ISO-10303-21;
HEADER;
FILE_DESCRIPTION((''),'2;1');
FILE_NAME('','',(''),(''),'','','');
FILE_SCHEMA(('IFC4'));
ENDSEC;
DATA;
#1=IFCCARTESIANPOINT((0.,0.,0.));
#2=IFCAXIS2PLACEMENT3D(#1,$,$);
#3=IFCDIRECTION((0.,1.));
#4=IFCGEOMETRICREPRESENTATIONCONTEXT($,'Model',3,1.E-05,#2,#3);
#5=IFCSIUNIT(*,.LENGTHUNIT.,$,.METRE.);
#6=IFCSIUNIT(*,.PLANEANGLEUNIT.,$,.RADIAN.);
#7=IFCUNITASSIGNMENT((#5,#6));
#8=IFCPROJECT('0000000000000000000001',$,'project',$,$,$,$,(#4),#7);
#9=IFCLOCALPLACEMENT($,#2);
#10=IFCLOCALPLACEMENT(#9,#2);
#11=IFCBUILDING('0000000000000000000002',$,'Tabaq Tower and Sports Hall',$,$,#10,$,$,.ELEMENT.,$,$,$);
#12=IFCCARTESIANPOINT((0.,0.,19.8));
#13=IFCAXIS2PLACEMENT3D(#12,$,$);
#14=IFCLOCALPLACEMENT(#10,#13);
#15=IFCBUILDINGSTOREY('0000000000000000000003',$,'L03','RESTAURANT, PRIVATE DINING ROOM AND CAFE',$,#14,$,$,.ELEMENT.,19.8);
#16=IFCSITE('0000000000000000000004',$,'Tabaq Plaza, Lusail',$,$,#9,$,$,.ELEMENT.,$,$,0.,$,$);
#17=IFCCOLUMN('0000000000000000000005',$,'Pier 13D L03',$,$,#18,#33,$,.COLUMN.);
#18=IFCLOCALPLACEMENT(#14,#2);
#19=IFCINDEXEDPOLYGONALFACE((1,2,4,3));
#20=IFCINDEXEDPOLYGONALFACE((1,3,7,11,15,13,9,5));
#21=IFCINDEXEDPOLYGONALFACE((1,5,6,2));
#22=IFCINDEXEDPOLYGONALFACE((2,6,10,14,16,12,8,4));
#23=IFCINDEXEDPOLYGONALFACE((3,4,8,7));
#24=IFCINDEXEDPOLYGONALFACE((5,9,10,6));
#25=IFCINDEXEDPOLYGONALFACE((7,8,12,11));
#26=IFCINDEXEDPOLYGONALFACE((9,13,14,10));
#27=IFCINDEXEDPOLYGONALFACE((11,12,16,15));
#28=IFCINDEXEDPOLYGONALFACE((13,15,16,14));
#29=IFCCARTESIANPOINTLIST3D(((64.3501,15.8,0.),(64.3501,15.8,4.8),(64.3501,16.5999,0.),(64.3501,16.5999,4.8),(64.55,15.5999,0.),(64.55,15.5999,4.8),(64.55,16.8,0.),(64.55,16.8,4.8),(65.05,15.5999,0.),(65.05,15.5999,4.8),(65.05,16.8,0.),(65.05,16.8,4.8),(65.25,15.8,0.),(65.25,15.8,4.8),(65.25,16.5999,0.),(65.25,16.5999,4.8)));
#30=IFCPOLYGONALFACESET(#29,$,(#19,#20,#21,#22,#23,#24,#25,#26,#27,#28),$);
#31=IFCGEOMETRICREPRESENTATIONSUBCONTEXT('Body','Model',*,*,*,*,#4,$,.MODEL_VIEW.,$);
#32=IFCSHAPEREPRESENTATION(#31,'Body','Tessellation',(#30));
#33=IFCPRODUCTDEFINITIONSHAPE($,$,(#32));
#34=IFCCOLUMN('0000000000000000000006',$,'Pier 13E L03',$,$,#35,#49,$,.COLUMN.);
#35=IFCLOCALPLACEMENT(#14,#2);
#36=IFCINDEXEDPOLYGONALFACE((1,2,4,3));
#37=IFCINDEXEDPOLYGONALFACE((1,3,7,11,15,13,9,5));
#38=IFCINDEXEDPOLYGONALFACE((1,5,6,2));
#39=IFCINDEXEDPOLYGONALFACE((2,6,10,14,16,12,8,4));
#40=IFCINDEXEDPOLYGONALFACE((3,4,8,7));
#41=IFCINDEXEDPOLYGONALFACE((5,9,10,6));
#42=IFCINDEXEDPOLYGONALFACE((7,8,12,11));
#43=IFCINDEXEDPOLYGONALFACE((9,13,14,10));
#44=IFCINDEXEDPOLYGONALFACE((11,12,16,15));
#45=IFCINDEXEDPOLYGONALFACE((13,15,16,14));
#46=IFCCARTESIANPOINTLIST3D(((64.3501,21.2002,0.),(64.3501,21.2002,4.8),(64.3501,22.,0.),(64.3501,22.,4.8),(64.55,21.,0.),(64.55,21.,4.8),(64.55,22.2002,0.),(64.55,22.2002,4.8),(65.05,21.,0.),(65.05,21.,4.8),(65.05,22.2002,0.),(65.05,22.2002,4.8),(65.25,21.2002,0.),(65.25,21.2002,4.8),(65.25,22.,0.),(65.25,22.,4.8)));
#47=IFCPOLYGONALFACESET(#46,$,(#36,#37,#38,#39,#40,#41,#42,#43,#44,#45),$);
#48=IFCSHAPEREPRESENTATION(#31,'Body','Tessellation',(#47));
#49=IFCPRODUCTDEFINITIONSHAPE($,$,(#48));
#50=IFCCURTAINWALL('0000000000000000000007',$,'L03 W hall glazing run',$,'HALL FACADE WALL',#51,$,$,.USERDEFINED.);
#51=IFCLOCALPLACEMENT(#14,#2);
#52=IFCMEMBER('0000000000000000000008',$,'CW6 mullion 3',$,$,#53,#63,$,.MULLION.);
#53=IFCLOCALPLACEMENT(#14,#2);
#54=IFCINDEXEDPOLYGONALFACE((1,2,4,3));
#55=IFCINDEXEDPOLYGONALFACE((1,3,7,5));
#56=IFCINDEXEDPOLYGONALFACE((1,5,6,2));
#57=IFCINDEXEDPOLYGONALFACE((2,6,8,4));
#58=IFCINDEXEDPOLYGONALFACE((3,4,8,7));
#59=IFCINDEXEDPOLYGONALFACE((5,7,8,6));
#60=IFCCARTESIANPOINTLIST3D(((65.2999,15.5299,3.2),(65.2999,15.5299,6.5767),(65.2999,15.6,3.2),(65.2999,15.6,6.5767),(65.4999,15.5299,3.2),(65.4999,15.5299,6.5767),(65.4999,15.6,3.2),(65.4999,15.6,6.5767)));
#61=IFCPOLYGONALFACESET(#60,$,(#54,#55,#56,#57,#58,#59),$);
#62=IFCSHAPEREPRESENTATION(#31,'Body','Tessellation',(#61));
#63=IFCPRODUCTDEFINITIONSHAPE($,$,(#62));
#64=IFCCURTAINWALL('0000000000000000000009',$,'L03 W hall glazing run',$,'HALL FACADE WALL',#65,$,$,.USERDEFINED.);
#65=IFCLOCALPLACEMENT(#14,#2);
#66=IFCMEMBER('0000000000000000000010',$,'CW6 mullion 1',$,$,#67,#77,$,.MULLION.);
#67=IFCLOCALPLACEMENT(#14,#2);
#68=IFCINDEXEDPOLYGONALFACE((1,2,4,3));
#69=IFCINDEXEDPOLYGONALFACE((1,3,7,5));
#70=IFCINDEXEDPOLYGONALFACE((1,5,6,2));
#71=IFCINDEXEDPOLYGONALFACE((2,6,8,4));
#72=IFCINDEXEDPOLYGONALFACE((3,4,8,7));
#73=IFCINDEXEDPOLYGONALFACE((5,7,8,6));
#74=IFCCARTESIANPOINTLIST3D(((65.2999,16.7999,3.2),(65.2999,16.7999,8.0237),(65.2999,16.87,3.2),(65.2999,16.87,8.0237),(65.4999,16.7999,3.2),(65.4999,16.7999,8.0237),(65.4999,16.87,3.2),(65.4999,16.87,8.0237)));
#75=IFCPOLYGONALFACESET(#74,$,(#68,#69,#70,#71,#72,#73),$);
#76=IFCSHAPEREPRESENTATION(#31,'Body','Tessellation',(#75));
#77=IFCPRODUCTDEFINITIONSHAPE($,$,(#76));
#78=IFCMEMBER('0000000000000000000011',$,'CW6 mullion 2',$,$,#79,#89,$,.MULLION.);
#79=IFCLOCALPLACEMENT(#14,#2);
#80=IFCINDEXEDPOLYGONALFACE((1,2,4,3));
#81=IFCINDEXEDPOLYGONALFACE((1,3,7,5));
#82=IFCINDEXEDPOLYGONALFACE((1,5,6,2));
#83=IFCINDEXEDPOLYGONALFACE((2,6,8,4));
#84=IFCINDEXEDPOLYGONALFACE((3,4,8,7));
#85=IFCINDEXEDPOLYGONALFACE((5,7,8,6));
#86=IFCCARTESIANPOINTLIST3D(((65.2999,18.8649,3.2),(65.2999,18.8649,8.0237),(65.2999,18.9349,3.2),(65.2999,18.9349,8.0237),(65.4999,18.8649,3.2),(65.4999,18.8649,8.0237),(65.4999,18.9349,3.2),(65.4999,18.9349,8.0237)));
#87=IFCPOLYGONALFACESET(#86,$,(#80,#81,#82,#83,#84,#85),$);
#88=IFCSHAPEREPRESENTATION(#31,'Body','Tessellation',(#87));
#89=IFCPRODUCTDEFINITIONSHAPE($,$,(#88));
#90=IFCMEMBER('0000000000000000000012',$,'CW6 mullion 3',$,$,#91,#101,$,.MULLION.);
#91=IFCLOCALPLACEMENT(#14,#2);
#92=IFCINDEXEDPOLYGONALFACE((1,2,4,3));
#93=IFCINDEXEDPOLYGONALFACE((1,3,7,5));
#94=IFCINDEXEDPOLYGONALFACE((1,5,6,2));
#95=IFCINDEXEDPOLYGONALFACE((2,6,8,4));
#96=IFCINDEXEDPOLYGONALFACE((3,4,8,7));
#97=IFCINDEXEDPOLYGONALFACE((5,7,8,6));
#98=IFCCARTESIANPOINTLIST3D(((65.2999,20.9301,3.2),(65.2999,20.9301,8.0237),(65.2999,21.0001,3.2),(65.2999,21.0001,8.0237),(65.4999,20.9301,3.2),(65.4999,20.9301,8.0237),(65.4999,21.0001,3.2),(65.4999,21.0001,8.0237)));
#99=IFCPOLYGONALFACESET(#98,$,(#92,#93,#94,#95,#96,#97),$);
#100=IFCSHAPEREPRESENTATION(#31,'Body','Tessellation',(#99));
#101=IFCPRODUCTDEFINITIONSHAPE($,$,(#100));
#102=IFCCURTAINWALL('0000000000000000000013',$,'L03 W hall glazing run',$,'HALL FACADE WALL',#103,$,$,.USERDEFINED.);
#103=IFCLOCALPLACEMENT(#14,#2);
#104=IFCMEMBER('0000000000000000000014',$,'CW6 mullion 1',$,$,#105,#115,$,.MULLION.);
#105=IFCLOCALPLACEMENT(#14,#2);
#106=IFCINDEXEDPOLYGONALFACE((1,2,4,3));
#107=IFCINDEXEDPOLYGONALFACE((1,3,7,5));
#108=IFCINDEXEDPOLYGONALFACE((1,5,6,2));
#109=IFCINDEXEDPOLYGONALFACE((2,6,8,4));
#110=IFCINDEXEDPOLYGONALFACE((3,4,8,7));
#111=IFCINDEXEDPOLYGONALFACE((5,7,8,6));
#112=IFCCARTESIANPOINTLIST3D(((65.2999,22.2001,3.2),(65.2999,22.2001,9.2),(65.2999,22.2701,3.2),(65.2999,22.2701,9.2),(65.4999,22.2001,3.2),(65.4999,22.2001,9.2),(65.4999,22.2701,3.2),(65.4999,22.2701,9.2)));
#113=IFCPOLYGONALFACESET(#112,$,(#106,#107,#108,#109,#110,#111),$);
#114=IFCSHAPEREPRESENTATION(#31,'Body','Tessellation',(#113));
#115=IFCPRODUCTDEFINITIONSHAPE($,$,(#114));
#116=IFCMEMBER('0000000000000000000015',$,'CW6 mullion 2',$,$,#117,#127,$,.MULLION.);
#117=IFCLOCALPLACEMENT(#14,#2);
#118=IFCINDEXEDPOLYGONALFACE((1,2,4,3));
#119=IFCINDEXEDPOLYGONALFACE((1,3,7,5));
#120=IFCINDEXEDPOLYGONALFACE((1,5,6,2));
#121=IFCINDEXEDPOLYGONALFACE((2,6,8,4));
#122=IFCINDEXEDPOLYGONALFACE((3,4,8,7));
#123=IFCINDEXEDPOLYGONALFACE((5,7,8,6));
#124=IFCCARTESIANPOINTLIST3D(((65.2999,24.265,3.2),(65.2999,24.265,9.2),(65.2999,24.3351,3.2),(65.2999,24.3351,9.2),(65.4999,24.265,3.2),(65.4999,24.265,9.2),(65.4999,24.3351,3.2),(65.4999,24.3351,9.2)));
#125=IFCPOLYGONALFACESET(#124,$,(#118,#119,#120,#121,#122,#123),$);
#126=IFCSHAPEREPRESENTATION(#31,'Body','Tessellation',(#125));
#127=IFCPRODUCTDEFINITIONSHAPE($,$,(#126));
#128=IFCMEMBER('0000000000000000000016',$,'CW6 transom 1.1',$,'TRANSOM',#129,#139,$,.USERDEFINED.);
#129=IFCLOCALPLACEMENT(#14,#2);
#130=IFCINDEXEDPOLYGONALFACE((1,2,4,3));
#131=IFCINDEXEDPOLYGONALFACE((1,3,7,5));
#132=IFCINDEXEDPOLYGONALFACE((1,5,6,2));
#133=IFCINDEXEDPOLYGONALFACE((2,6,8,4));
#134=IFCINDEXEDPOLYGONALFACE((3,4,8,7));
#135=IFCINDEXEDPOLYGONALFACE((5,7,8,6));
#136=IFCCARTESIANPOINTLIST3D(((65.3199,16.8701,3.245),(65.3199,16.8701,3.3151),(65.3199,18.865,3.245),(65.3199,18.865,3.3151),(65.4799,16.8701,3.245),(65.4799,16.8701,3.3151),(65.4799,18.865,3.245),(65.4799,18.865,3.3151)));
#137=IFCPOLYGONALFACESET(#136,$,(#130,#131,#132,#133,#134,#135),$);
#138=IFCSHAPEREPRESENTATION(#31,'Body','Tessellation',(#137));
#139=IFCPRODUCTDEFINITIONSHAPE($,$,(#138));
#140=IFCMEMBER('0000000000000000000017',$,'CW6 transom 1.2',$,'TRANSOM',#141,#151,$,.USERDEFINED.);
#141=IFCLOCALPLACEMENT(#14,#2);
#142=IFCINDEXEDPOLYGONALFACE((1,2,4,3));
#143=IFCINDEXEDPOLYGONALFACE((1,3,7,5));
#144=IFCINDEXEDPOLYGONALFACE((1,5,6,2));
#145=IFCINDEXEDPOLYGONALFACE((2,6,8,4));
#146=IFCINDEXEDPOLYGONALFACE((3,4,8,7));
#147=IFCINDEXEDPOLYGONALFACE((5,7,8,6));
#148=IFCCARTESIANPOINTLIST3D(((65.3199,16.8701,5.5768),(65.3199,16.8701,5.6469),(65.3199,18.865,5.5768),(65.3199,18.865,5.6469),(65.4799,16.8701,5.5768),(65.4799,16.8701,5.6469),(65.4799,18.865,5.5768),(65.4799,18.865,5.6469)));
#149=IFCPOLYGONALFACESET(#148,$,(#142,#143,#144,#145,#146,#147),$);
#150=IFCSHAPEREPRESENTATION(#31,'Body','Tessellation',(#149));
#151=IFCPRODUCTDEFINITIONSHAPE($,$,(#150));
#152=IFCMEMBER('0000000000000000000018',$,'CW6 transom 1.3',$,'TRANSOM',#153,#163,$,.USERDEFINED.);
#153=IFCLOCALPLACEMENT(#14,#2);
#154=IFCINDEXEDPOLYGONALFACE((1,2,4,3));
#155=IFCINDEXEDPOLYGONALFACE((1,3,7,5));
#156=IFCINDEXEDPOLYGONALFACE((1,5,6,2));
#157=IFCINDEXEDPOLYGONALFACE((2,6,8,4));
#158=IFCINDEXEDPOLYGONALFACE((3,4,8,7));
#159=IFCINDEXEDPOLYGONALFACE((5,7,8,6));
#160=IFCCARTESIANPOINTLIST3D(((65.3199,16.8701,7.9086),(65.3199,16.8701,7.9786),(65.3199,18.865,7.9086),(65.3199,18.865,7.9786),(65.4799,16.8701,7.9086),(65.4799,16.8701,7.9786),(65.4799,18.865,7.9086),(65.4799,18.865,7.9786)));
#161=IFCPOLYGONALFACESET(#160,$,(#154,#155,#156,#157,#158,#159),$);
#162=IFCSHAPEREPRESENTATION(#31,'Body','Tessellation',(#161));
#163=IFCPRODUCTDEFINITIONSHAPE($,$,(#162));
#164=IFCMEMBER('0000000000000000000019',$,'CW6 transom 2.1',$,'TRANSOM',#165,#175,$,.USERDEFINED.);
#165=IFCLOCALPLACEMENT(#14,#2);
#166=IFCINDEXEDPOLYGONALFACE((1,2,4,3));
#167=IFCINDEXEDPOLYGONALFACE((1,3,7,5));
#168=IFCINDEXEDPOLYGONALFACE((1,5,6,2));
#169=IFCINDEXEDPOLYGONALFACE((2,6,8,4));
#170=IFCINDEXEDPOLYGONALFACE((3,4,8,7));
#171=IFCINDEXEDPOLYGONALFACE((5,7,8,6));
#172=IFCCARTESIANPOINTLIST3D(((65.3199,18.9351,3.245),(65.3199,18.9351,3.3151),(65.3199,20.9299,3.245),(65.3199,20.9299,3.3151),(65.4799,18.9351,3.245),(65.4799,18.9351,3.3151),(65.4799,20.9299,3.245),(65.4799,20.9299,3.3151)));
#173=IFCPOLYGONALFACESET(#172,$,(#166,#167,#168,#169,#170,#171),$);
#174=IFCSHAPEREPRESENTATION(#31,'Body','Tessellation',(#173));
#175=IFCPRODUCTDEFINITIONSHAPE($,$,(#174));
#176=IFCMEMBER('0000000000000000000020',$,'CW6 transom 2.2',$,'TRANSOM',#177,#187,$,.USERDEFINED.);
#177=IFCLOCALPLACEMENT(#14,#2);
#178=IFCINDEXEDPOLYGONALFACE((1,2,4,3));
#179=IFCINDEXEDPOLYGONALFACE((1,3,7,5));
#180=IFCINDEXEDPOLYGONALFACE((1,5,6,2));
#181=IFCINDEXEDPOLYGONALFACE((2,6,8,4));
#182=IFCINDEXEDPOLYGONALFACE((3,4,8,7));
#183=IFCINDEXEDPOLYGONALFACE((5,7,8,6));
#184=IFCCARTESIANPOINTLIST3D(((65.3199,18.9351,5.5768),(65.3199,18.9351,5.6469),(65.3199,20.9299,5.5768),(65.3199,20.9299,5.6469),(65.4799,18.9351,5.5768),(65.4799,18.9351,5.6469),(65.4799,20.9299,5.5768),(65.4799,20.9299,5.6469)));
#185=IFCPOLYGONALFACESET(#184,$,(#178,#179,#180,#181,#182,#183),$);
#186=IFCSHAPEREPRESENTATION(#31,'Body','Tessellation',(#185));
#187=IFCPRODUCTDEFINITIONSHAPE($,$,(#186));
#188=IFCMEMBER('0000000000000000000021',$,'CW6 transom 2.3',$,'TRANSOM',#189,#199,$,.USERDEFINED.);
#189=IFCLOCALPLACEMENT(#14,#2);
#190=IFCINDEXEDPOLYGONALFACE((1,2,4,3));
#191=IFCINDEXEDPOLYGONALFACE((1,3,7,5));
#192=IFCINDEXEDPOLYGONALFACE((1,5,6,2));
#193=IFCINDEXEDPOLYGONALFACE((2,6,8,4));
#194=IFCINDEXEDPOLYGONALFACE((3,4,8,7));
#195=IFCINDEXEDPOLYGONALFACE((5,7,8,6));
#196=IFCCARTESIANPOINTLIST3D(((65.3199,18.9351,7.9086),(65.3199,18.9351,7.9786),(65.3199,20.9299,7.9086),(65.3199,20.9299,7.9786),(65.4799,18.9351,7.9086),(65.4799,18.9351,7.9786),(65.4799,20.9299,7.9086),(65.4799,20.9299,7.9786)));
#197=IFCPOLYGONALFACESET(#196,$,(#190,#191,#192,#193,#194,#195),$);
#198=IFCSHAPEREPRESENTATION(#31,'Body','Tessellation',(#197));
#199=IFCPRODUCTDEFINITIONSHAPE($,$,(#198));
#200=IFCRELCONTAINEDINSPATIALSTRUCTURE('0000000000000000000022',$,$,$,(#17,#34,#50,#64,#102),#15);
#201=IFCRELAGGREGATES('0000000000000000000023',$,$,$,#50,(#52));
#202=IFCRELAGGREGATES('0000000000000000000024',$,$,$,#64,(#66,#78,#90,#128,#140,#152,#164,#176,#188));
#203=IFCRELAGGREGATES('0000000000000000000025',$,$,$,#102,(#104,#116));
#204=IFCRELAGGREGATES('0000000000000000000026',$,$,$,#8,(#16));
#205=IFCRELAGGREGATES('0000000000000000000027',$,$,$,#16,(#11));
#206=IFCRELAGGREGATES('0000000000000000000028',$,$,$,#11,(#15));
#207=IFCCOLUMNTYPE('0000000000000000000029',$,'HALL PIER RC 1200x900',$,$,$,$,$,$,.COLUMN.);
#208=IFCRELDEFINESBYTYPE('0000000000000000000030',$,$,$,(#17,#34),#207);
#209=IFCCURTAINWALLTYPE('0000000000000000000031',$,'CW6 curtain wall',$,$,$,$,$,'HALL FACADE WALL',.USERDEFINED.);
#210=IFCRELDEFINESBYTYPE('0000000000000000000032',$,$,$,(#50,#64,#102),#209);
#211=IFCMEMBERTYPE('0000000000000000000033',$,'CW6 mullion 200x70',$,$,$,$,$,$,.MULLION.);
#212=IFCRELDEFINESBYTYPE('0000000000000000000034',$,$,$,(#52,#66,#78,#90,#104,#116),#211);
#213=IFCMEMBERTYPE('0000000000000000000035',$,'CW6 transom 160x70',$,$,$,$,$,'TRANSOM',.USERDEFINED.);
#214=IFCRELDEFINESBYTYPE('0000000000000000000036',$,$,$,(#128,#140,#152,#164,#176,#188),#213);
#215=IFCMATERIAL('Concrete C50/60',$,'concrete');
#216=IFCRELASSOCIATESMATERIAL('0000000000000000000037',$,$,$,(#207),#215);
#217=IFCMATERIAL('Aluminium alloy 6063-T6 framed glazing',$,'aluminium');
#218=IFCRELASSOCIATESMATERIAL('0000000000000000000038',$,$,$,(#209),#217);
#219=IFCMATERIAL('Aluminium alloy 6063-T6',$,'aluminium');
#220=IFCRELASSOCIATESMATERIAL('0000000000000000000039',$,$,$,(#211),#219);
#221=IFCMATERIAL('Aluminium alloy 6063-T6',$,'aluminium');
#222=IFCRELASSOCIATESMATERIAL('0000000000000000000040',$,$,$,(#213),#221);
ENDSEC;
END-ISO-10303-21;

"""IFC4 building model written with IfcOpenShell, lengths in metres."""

from ifc_helpers import new_model, si_unit, direction, frame, origin, origin_2d, place, context, subcontext, project, spatial, polyline, rectangle, outline, extrude, material, material_profile, profile_set, type_object, element, aggregate, save


model = new_model("IFC4")

# Units and contexts
model_context = context("Model", 3, precision=1e-05, world=origin(), true_north=direction((0.0, 1.0)))
body_context = subcontext(model_context, "Body", "Model", "MODEL_VIEW")
ifc_project = project(units=[si_unit("LENGTHUNIT", "METRE"), si_unit("PLANEANGLEUNIT", "RADIAN")], contexts=[model_context])

# Site, building, storey
site_placement = place(None, origin())
site = spatial("IfcSite", under=ifc_project, at=site_placement, Name="Tabaq Plaza, Lusail", CompositionType="ELEMENT", RefElevation=0.0)
building_placement = place(site_placement, origin())
building = spatial("IfcBuilding", under=site, at=building_placement, Name="Tabaq Tower and Sports Hall", CompositionType="ELEMENT")
storey_placement = place(building_placement, frame((0.0, 0.0, 19.8)))
storey = spatial("IfcBuildingStorey", under=building, at=storey_placement, Name="L03", Description="RESTAURANT, PRIVATE DINING ROOM AND CAFE", CompositionType="ELEMENT", Elevation=19.8)

# Columns
ifc_material_1 = material(Name="Concrete C50/60", Category="concrete")
ifc_material_profile_1 = material_profile(ifc_material_1, outline(polyline([(-0.3999, -0.45), (0.3999, -0.45), (0.6001, -0.25), (0.6001, 0.25), (0.3999, 0.45), (-0.3999, 0.45), (-0.6001, 0.25), (-0.6001, -0.25), (-0.3999, -0.45)])), Name="PIER 1200x900")
ifc_profile_set_1 = profile_set([ifc_material_profile_1], Name="Concrete C50/60")
column_type = type_object("IfcColumnType", Name="HALL PIER RC 1200x900", PredefinedType="COLUMN", material=ifc_profile_set_1)
for number, where, z_axis, x_axis, name in (
    (1, (64.8, 16.2, 0.0), (0.0, 0.0, 1.0), (0.0, 1.0, 0.0), "Pier 13D L03"),
    (2, (64.8, 21.6001, 0.0), (0.0, 0.0, 1.0), (0.0, 1.0, 0.0), "Pier 13E L03"),
):
    element("IfcColumn", number, at=place(storey_placement, frame(where, z_axis=z_axis, x_axis=x_axis)), inside=storey, type_object=column_type, Name=name, PredefinedType="COLUMN", context=body_context, shape_type="SweptSolid", body=[
        extrude(outline(polyline([(-0.3999, -0.45), (0.3999, -0.45), (0.6001, -0.25), (0.6001, 0.25), (0.3999, 0.45), (-0.3999, 0.45), (-0.6001, 0.25), (-0.6001, -0.25), (-0.3999, -0.45)])), origin(), (0.0, 0.0, 1.0), 4.8),
    ])

# Curtain wall, member
ifc_material_2 = material(Name="Aluminium alloy 6063-T6 framed glazing", Category="aluminium")
curtain_wall_type = type_object("IfcCurtainWallType", Name="CW6 curtain wall", ElementType="HALL FACADE WALL", PredefinedType="USERDEFINED", material=ifc_material_2)
curtain_wall_1_placement = place(storey_placement, origin())
curtain_wall_1 = element("IfcCurtainWall", 3, at=curtain_wall_1_placement, inside=storey, type_object=curtain_wall_type, Name="L03 W hall glazing run", ObjectType="HALL FACADE WALL", PredefinedType="USERDEFINED")
ifc_material_3 = material(Name="Aluminium alloy 6063-T6", Category="aluminium")
ifc_material_profile_2 = material_profile(ifc_material_3, rectangle(XDim=0.2, YDim=0.0701, at=origin_2d()), Name="MULLION 200x70")
ifc_profile_set_2 = profile_set([ifc_material_profile_2], Name="Aluminium alloy 6063-T6")
member_type_1 = type_object("IfcMemberType", Name="CW6 mullion 200x70", PredefinedType="MULLION", material=ifc_profile_set_2)
member_1_placement = place(storey_placement, frame((65.3999, 15.5649, 3.2), z_axis=(0.0, 0.0, 1.0), x_axis=(-1.0, 0.0, 0.0)))
member_1 = element("IfcMember", 4, at=member_1_placement, type_object=member_type_1, Name="CW6 mullion 3", PredefinedType="MULLION", context=body_context, shape_type="SweptSolid", body=[
    extrude(rectangle(XDim=0.2, YDim=0.0701, at=origin_2d()), origin(), (0.0, 0.0, 1.0), 3.3767),
])

# Curtain walls, members
curtain_wall_2_placement = place(storey_placement, origin())
curtain_wall_2 = element("IfcCurtainWall", 5, at=curtain_wall_2_placement, inside=storey, type_object=curtain_wall_type, Name="L03 W hall glazing run", ObjectType="HALL FACADE WALL", PredefinedType="USERDEFINED")
member_2_placement = place(storey_placement, frame((65.3999, 16.835, 3.2), z_axis=(0.0, 0.0, 1.0), x_axis=(-1.0, 0.0, 0.0)))
member_2 = element("IfcMember", 6, at=member_2_placement, type_object=member_type_1, Name="CW6 mullion 1", PredefinedType="MULLION", context=body_context, shape_type="SweptSolid", body=[
    extrude(rectangle(XDim=0.2, YDim=0.0701, at=origin_2d()), origin(), (0.0, 0.0, 1.0), 4.8237),
])
member_3_placement = place(storey_placement, frame((65.3999, 18.8999, 3.2), z_axis=(0.0, 0.0, 1.0), x_axis=(-1.0, 0.0, 0.0)))
member_3 = element("IfcMember", 7, at=member_3_placement, type_object=member_type_1, Name="CW6 mullion 2", PredefinedType="MULLION", context=body_context, shape_type="SweptSolid", body=[
    extrude(rectangle(XDim=0.2, YDim=0.0701, at=origin_2d()), origin(), (0.0, 0.0, 1.0), 4.8237),
])
member_4_placement = place(storey_placement, frame((65.3999, 20.9651, 3.2), z_axis=(0.0, 0.0, 1.0), x_axis=(-1.0, 0.0, 0.0)))
member_4 = element("IfcMember", 8, at=member_4_placement, type_object=member_type_1, Name="CW6 mullion 3", PredefinedType="MULLION", context=body_context, shape_type="SweptSolid", body=[
    extrude(rectangle(XDim=0.2, YDim=0.0701, at=origin_2d()), origin(), (0.0, 0.0, 1.0), 4.8237),
])
curtain_wall_3_placement = place(storey_placement, origin())
curtain_wall_3 = element("IfcCurtainWall", 9, at=curtain_wall_3_placement, inside=storey, type_object=curtain_wall_type, Name="L03 W hall glazing run", ObjectType="HALL FACADE WALL", PredefinedType="USERDEFINED")
member_5_placement = place(storey_placement, frame((65.3999, 22.2351, 3.2), z_axis=(0.0, 0.0, 1.0), x_axis=(-1.0, 0.0, 0.0)))
member_5 = element("IfcMember", 10, at=member_5_placement, type_object=member_type_1, Name="CW6 mullion 1", PredefinedType="MULLION", context=body_context, shape_type="SweptSolid", body=[
    extrude(rectangle(XDim=0.2, YDim=0.0701, at=origin_2d()), origin(), (0.0, 0.0, 1.0), 6.0),
])
member_6_placement = place(storey_placement, frame((65.3999, 24.3, 3.2), z_axis=(0.0, 0.0, 1.0), x_axis=(-1.0, 0.0, 0.0)))
member_6 = element("IfcMember", 11, at=member_6_placement, type_object=member_type_1, Name="CW6 mullion 2", PredefinedType="MULLION", context=body_context, shape_type="SweptSolid", body=[
    extrude(rectangle(XDim=0.2, YDim=0.0701, at=origin_2d()), origin(), (0.0, 0.0, 1.0), 6.0),
])

# Members
ifc_material_4 = material(Name="Aluminium alloy 6063-T6", Category="aluminium")
ifc_material_profile_3 = material_profile(ifc_material_4, rectangle(XDim=0.1599, YDim=0.0701, at=origin_2d()), Name="TRANSOM 160x70")
ifc_profile_set_3 = profile_set([ifc_material_profile_3], Name="Aluminium alloy 6063-T6")
member_type_2 = type_object("IfcMemberType", Name="CW6 transom 160x70", ElementType="TRANSOM", PredefinedType="USERDEFINED", material=ifc_profile_set_3)
member_7_placement = place(storey_placement, frame((65.3999, 16.8701, 3.28), z_axis=(0.0, 1.0, 0.0), x_axis=(-1.0, 0.0, 0.0)))
member_7 = element("IfcMember", 12, at=member_7_placement, type_object=member_type_2, Name="CW6 transom 1.1", ObjectType="TRANSOM", PredefinedType="USERDEFINED", context=body_context, shape_type="SweptSolid", body=[
    extrude(rectangle(XDim=0.1599, YDim=0.0701, at=origin_2d()), origin(), (0.0, 0.0, 1.0), 1.9949),
])
member_8_placement = place(storey_placement, frame((65.3999, 16.8701, 5.6118), z_axis=(0.0, 1.0, 0.0), x_axis=(-1.0, 0.0, 0.0)))
member_8 = element("IfcMember", 13, at=member_8_placement, type_object=member_type_2, Name="CW6 transom 1.2", ObjectType="TRANSOM", PredefinedType="USERDEFINED", context=body_context, shape_type="SweptSolid", body=[
    extrude(rectangle(XDim=0.1599, YDim=0.0701, at=origin_2d()), origin(), (0.0, 0.0, 1.0), 1.9949),
])
member_9_placement = place(storey_placement, frame((65.3999, 16.8701, 7.9436), z_axis=(0.0, 1.0, 0.0), x_axis=(-1.0, 0.0, 0.0)))
member_9 = element("IfcMember", 14, at=member_9_placement, type_object=member_type_2, Name="CW6 transom 1.3", ObjectType="TRANSOM", PredefinedType="USERDEFINED", context=body_context, shape_type="SweptSolid", body=[
    extrude(rectangle(XDim=0.1599, YDim=0.0701, at=origin_2d()), origin(), (0.0, 0.0, 1.0), 1.9949),
])
member_10_placement = place(storey_placement, frame((65.3999, 18.9351, 3.28), z_axis=(0.0, 1.0, 0.0), x_axis=(-1.0, 0.0, 0.0)))
member_10 = element("IfcMember", 15, at=member_10_placement, type_object=member_type_2, Name="CW6 transom 2.1", ObjectType="TRANSOM", PredefinedType="USERDEFINED", context=body_context, shape_type="SweptSolid", body=[
    extrude(rectangle(XDim=0.1599, YDim=0.0701, at=origin_2d()), origin(), (0.0, 0.0, 1.0), 1.9949),
])
member_11_placement = place(storey_placement, frame((65.3999, 18.9351, 5.6118), z_axis=(0.0, 1.0, 0.0), x_axis=(-1.0, 0.0, 0.0)))
member_11 = element("IfcMember", 16, at=member_11_placement, type_object=member_type_2, Name="CW6 transom 2.2", ObjectType="TRANSOM", PredefinedType="USERDEFINED", context=body_context, shape_type="SweptSolid", body=[
    extrude(rectangle(XDim=0.1599, YDim=0.0701, at=origin_2d()), origin(), (0.0, 0.0, 1.0), 1.9949),
])
member_12_placement = place(storey_placement, frame((65.3999, 18.9351, 7.9436), z_axis=(0.0, 1.0, 0.0), x_axis=(-1.0, 0.0, 0.0)))
member_12 = element("IfcMember", 17, at=member_12_placement, type_object=member_type_2, Name="CW6 transom 2.3", ObjectType="TRANSOM", PredefinedType="USERDEFINED", context=body_context, shape_type="SweptSolid", body=[
    extrude(rectangle(XDim=0.1599, YDim=0.0701, at=origin_2d()), origin(), (0.0, 0.0, 1.0), 1.9949),
])

aggregate(curtain_wall_1, [member_1])
aggregate(curtain_wall_2, [member_2, member_3, member_4, member_7, member_8, member_9, member_10, member_11, member_12])
aggregate(curtain_wall_3, [member_5, member_6])

save(model, "model.ifc")
